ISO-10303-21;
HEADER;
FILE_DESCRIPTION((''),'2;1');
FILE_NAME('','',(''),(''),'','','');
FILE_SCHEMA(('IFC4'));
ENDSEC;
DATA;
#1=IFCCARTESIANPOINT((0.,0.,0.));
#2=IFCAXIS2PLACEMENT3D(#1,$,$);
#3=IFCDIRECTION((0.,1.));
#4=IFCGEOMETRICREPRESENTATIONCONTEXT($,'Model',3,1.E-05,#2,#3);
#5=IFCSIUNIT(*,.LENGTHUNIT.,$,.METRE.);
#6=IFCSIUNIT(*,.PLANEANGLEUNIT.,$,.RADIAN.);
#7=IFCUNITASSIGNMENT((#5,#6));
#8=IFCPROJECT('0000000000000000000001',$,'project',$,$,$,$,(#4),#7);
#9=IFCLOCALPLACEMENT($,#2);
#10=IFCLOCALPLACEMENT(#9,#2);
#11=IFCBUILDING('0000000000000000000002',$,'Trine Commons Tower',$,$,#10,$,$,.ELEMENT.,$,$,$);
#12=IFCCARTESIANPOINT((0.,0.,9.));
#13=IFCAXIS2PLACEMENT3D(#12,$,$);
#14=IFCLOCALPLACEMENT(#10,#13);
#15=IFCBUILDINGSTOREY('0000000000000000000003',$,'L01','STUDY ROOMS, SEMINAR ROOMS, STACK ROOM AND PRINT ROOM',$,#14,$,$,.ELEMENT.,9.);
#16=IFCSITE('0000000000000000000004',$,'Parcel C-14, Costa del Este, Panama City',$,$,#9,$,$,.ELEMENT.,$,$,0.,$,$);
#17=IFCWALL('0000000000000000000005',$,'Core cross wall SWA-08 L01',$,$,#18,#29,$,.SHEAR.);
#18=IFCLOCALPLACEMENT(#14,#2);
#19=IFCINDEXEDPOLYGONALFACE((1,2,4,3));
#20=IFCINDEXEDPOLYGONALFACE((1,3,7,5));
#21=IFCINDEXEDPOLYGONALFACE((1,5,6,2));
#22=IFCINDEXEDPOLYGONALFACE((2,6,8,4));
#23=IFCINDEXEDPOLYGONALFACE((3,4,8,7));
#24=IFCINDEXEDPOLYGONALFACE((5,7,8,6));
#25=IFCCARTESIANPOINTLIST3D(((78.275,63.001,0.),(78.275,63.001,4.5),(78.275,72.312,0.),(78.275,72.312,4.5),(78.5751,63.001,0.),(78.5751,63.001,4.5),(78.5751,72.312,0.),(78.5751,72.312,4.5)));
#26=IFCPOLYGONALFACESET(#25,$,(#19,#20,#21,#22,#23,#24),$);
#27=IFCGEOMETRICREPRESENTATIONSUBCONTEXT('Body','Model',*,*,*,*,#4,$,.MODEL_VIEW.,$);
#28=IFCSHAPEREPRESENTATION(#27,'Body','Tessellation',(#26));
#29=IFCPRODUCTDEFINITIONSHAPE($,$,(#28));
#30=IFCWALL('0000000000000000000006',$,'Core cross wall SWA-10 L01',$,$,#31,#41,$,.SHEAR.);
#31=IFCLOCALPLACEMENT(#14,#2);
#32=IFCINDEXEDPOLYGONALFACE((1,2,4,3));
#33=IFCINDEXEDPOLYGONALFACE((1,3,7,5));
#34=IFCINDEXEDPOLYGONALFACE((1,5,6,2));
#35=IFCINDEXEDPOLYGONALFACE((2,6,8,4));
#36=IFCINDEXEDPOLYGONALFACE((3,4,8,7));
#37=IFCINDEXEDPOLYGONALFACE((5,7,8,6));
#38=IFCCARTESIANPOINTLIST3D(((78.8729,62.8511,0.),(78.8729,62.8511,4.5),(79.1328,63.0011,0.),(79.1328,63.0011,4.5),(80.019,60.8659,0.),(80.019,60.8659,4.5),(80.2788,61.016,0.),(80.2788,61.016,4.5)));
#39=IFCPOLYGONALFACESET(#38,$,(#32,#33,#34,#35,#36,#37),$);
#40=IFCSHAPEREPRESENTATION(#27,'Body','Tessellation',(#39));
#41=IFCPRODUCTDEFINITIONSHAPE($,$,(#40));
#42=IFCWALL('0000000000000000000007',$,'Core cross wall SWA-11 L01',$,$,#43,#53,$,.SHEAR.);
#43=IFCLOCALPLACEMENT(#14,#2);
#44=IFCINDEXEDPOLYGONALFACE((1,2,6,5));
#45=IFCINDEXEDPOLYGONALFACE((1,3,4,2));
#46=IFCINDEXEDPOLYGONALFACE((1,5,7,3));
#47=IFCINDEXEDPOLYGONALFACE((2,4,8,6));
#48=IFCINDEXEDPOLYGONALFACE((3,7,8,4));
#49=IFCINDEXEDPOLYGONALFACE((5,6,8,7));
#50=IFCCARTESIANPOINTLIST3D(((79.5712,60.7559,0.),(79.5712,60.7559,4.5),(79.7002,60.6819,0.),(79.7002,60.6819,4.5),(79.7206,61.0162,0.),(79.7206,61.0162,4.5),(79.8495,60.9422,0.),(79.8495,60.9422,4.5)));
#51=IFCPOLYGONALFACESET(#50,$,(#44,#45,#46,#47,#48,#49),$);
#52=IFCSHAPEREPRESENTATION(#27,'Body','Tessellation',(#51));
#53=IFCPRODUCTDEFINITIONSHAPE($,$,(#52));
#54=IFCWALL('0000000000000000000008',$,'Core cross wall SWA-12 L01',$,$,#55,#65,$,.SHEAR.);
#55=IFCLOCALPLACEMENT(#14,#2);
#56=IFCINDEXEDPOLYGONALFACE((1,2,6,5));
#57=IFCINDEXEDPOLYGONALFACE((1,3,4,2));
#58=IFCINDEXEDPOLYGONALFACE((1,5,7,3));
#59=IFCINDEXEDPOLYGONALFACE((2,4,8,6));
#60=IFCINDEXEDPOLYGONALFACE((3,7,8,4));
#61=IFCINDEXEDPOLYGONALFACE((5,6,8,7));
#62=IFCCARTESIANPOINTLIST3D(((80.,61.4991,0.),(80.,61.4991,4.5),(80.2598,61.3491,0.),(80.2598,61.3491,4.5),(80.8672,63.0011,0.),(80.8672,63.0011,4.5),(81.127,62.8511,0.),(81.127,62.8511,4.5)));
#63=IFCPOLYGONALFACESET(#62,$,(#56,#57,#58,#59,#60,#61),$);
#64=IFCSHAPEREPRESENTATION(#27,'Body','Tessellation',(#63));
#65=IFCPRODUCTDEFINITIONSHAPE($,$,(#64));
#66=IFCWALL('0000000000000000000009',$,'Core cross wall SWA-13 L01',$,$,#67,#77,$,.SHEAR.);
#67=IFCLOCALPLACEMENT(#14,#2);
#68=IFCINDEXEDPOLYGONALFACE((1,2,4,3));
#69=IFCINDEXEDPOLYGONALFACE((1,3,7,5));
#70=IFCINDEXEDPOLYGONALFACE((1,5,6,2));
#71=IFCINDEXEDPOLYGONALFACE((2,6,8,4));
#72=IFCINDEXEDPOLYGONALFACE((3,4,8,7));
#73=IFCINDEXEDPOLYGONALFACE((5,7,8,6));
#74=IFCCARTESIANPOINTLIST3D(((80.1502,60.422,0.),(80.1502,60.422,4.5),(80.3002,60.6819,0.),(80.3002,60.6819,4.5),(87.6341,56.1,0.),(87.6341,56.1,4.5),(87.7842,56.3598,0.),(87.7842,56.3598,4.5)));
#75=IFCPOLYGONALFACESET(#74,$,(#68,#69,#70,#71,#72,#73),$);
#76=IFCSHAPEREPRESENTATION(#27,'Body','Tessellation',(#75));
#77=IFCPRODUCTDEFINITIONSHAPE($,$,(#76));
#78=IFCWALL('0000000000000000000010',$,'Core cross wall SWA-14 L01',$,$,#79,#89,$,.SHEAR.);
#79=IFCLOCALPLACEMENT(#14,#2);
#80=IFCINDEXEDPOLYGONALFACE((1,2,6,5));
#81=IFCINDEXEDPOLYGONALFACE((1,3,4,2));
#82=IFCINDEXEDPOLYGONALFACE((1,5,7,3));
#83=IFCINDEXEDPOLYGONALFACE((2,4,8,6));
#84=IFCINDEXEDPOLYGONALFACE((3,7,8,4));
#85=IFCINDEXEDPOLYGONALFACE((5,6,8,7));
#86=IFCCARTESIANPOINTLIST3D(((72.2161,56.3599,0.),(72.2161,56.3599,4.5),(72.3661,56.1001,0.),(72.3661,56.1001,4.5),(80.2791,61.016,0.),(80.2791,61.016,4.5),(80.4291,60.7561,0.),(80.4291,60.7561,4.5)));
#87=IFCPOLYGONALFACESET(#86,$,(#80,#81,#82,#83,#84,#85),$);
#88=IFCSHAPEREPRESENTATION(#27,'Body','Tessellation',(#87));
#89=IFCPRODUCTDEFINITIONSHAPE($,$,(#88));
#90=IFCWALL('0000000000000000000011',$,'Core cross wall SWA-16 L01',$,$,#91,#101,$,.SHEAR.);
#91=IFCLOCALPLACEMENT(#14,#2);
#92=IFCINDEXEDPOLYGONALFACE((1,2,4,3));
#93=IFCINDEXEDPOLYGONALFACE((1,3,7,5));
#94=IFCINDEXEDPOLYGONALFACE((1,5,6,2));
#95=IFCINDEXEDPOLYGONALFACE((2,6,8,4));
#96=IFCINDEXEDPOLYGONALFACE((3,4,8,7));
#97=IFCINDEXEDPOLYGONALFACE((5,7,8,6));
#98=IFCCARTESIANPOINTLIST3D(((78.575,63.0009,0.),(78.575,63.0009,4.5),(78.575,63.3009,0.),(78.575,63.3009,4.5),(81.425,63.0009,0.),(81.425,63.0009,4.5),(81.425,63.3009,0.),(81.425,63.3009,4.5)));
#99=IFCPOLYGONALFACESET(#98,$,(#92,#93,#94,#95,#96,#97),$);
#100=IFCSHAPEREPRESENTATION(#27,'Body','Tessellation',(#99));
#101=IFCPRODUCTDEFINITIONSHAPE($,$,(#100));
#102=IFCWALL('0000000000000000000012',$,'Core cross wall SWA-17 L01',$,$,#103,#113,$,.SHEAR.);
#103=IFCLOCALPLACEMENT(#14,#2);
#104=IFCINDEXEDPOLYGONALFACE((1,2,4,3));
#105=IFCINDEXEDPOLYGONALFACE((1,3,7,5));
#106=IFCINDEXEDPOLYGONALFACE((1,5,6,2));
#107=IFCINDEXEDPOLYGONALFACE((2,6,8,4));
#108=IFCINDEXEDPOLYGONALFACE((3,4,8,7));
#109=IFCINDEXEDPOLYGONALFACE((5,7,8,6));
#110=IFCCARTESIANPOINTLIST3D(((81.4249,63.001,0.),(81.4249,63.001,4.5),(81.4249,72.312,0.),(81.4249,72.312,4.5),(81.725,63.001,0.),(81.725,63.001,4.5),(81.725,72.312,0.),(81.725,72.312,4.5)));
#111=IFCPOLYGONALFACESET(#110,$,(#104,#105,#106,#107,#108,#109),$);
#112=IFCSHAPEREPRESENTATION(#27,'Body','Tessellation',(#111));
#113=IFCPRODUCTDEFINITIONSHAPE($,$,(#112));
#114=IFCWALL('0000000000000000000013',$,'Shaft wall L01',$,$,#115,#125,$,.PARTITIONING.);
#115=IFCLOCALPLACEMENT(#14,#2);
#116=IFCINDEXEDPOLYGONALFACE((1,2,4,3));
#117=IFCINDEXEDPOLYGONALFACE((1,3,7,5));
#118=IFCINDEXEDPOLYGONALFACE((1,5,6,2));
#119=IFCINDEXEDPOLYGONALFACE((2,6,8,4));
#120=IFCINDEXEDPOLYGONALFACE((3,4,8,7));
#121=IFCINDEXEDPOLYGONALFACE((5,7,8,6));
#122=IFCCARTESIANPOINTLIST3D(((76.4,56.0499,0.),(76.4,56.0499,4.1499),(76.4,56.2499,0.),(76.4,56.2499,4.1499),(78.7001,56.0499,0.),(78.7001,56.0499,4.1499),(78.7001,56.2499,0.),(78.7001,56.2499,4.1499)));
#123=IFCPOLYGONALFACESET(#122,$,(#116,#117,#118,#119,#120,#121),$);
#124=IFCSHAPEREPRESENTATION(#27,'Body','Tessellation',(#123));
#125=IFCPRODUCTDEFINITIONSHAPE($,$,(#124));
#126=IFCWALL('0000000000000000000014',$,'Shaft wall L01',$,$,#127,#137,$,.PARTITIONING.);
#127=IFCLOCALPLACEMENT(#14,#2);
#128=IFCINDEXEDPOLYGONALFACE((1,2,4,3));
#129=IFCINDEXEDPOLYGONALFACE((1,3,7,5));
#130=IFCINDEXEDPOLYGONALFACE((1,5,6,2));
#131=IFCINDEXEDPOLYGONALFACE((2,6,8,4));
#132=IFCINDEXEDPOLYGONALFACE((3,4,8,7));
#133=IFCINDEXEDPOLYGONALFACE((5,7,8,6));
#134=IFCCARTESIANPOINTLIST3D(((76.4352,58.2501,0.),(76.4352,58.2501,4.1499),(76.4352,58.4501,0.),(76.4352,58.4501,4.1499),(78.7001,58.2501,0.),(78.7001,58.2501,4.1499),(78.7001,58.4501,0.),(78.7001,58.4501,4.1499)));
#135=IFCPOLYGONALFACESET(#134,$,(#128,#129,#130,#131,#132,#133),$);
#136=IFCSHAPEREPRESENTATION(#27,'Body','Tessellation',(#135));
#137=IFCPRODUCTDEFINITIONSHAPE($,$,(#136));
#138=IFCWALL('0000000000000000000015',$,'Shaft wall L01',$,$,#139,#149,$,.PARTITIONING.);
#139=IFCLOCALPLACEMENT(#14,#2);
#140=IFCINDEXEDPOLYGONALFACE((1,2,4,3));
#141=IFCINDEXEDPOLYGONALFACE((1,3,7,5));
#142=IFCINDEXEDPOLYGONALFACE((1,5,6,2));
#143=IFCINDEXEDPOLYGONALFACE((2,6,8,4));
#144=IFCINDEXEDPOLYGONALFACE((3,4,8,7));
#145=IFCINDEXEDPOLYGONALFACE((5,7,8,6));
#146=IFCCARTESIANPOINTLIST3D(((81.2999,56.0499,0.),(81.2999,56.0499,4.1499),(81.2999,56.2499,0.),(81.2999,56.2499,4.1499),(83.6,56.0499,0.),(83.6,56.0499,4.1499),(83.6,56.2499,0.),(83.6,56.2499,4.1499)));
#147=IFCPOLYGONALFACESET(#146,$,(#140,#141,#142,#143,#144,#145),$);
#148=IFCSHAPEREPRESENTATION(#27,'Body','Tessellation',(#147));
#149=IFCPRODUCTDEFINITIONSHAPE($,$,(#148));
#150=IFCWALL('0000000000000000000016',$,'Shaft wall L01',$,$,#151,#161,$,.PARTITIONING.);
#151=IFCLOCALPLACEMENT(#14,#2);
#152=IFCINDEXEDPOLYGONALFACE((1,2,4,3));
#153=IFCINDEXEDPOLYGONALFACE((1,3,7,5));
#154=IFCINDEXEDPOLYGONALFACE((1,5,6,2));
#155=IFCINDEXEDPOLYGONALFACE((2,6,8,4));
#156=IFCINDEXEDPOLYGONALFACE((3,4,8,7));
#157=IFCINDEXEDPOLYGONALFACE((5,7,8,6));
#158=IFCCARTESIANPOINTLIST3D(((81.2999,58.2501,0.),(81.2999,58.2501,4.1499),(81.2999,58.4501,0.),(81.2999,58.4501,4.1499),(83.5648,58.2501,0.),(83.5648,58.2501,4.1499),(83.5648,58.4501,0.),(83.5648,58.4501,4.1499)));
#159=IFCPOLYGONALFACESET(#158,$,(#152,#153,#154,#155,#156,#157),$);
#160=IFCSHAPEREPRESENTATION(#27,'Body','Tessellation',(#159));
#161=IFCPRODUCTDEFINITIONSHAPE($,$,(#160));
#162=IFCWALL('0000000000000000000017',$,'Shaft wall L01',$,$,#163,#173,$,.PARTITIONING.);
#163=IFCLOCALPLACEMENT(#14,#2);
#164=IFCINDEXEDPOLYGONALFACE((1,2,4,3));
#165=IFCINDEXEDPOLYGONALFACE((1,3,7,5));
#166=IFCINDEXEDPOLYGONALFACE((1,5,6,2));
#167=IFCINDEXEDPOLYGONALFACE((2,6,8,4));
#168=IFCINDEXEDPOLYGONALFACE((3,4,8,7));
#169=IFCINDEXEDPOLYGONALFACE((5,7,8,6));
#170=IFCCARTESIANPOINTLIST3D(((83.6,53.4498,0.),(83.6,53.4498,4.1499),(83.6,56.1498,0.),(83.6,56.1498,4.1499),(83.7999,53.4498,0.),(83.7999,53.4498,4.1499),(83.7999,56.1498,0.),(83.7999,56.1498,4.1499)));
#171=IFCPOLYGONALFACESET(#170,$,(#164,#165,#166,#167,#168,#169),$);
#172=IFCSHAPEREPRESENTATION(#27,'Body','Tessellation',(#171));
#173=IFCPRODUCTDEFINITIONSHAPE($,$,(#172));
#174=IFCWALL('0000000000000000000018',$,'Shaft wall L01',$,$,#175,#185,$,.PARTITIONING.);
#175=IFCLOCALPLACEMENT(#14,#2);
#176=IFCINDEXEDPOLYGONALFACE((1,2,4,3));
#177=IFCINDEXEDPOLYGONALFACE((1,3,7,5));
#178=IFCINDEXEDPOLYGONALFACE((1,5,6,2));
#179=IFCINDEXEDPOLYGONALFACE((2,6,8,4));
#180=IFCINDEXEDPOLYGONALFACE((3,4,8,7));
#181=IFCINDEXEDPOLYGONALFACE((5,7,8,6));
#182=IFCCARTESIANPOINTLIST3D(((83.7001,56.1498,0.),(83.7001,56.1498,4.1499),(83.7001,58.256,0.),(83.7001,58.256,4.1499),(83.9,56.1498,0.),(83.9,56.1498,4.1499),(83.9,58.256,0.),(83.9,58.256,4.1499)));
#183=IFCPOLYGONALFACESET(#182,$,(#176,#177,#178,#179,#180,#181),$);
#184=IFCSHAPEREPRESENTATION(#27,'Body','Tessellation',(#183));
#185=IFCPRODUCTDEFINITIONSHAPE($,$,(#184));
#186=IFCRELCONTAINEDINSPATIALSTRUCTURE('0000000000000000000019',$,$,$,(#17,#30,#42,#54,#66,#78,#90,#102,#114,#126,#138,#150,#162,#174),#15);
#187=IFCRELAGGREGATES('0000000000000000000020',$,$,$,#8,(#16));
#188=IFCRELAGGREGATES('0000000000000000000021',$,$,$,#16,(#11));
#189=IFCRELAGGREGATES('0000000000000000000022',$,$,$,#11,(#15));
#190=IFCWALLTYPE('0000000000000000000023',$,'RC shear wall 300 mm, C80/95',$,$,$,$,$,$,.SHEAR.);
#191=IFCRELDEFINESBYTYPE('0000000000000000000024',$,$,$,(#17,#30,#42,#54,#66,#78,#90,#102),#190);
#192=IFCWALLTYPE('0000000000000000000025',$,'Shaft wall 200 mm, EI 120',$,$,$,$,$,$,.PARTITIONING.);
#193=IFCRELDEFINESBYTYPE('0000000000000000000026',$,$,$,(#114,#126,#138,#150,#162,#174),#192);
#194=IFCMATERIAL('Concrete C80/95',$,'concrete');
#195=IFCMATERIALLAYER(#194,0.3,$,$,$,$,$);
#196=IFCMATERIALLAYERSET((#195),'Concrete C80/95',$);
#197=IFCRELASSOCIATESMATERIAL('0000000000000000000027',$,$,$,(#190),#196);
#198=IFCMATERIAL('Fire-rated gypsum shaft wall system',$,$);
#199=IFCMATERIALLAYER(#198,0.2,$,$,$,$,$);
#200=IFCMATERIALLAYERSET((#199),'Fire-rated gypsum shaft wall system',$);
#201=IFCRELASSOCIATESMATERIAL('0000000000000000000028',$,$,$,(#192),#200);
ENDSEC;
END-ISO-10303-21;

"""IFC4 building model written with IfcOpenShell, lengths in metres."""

from ifc_helpers import new_model, si_unit, direction, frame, frame_2d, origin, place, context, subcontext, project, spatial, rectangle, extrude, material, layer, layer_set, type_object, element, save


model = new_model("IFC4")

# Units and contexts
model_context = context("Model", 3, precision=1e-05, world=origin(), true_north=direction((0.0, 1.0)))
body_context = subcontext(model_context, "Body", "Model", "MODEL_VIEW")
ifc_project = project(units=[si_unit("LENGTHUNIT", "METRE"), si_unit("PLANEANGLEUNIT", "RADIAN")], contexts=[model_context])

# Site, building, storey
site_placement = place(None, origin())
site = spatial("IfcSite", under=ifc_project, at=site_placement, Name="Parcel C-14, Costa del Este, Panama City", CompositionType="ELEMENT", RefElevation=0.0)
building_placement = place(site_placement, origin())
building = spatial("IfcBuilding", under=site, at=building_placement, Name="Trine Commons Tower", CompositionType="ELEMENT")
storey_placement = place(building_placement, frame((0.0, 0.0, 9.0)))
storey = spatial("IfcBuildingStorey", under=building, at=storey_placement, Name="L01", Description="STUDY ROOMS, SEMINAR ROOMS, STACK ROOM AND PRINT ROOM", CompositionType="ELEMENT", Elevation=9.0)

# Shared definitions
ifc_material_1 = material(Name="Fire-rated gypsum shaft wall system")

# Shared definitions
ifc_material_2 = material(Name="Concrete C80/95", Category="concrete")
ifc_layer_1 = layer(ifc_material_2, 0.3)
ifc_layer_set_1 = layer_set([ifc_layer_1], Name="Concrete C80/95")
wall_type_1 = type_object("IfcWallType", Name="RC shear wall 300 mm, C80/95", PredefinedType="SHEAR", material=ifc_layer_set_1)

# Walls
wall_1_placement = place(storey_placement, frame((78.425, 63.001, 0.0), z_axis=(0.0, 0.0, 1.0), x_axis=(0.0, 1.0, 0.0)))
element("IfcWall", 1, at=wall_1_placement, inside=storey, type_object=wall_type_1, Name="Core cross wall SWA-08 L01", PredefinedType="SHEAR", context=body_context, shape_type="SweptSolid", body=[
    extrude(rectangle(XDim=9.311, YDim=0.3, at=frame_2d((4.6555, 0.0))), origin(), (0.0, 0.0, 1.0), 4.5),
])
wall_2_placement = place(storey_placement, frame((79.0029, 62.926, 0.0), z_axis=(0.0, 0.0, 1.0), x_axis=(0.499965, -0.866045, 0.0)))
element("IfcWall", 2, at=wall_2_placement, inside=storey, type_object=wall_type_1, Name="Core cross wall SWA-10 L01", PredefinedType="SHEAR", context=body_context, shape_type="SweptSolid", body=[
    extrude(rectangle(XDim=2.2922, YDim=0.3, at=frame_2d((1.146, 0.0))), origin(), (0.0, 0.0, 1.0), 4.5),
])
wall_3_placement = place(storey_placement, frame((79.646, 60.886, 0.0), z_axis=(0.0, 0.0, 1.0), x_axis=(0.867332, -0.49773, 0.0)))
element("IfcWall", 3, at=wall_3_placement, inside=storey, type_object=wall_type_1, Name="Core cross wall SWA-11 L01", PredefinedType="SHEAR", context=body_context, shape_type="SweptSolid", body=[
    extrude(rectangle(XDim=0.1487, YDim=0.3, at=frame_2d((0.0742, 0.0))), origin(), (0.0, 0.0, 1.0), 4.5),
])
wall_4_placement = place(storey_placement, frame((80.1299, 61.4241, 0.0), z_axis=(0.0, 0.0, 1.0), x_axis=(0.500015, 0.866017, 0.0)))
element("IfcWall", 4, at=wall_4_placement, inside=storey, type_object=wall_type_1, Name="Core cross wall SWA-12 L01", PredefinedType="SHEAR", context=body_context, shape_type="SweptSolid", body=[
    extrude(rectangle(XDim=1.7344, YDim=0.3, at=frame_2d((0.8672, 0.0))), origin(), (0.0, 0.0, 1.0), 4.5),
])
wall_5_placement = place(storey_placement, frame((80.2251, 60.552, 0.0), z_axis=(0.0, 0.0, 1.0), x_axis=(0.865965, -0.500104, 0.0)))
element("IfcWall", 5, at=wall_5_placement, inside=storey, type_object=wall_type_1, Name="Core cross wall SWA-13 L01", PredefinedType="SHEAR", context=body_context, shape_type="SweptSolid", body=[
    extrude(rectangle(XDim=8.6423, YDim=0.3, at=frame_2d((4.3213, 0.0))), origin(), (0.0, 0.0, 1.0), 4.5),
])
wall_6_placement = place(storey_placement, frame((80.354, 60.886, 0.0), z_axis=(0.0, 0.0, 1.0), x_axis=(-0.865986, -0.500067, 0.0)))
element("IfcWall", 6, at=wall_6_placement, inside=storey, type_object=wall_type_1, Name="Core cross wall SWA-14 L01", PredefinedType="SHEAR", context=body_context, shape_type="SweptSolid", body=[
    extrude(rectangle(XDim=9.3108, YDim=0.3, at=frame_2d((4.6553, 0.0))), origin(), (0.0, 0.0, 1.0), 4.5),
])
wall_7_placement = place(storey_placement, frame((81.425, 63.1509, 0.0), z_axis=(0.0, 0.0, 1.0), x_axis=(-1.0, 0.0, 0.0)))
element("IfcWall", 7, at=wall_7_placement, inside=storey, type_object=wall_type_1, Name="Core cross wall SWA-16 L01", PredefinedType="SHEAR", context=body_context, shape_type="SweptSolid", body=[
    extrude(rectangle(XDim=2.8501, YDim=0.3, at=frame_2d((1.425, 0.0))), origin(), (0.0, 0.0, 1.0), 4.5),
])
wall_8_placement = place(storey_placement, frame((81.575, 63.001, 0.0), z_axis=(0.0, 0.0, 1.0), x_axis=(0.0, 1.0, 0.0)))
element("IfcWall", 8, at=wall_8_placement, inside=storey, type_object=wall_type_1, Name="Core cross wall SWA-17 L01", PredefinedType="SHEAR", context=body_context, shape_type="SweptSolid", body=[
    extrude(rectangle(XDim=9.311, YDim=0.3, at=frame_2d((4.6555, 0.0))), origin(), (0.0, 0.0, 1.0), 4.5),
])
ifc_layer_2 = layer(ifc_material_1, 0.2)
ifc_layer_set_2 = layer_set([ifc_layer_2], Name="Fire-rated gypsum shaft wall system")
wall_type_2 = type_object("IfcWallType", Name="Shaft wall 200 mm, EI 120", PredefinedType="PARTITIONING", material=ifc_layer_set_2)
wall_9_placement = place(storey_placement, frame((78.7, 56.1499, 0.0), z_axis=(0.0, 0.0, 1.0), x_axis=(-1.0, 0.0, 0.0)))
element("IfcWall", 9, at=wall_9_placement, inside=storey, type_object=wall_type_2, Name="Shaft wall L01", PredefinedType="PARTITIONING", context=body_context, shape_type="SweptSolid", body=[
    extrude(rectangle(XDim=2.3, YDim=0.2, at=frame_2d((1.1499, 0.0))), origin(), (0.0, 0.0, 1.0), 4.1499),
])
wall_10_placement = place(storey_placement, frame((78.7, 58.3501, 0.0), z_axis=(0.0, 0.0, 1.0), x_axis=(-1.0, 0.0, 0.0)))
element("IfcWall", 10, at=wall_10_placement, inside=storey, type_object=wall_type_2, Name="Shaft wall L01", PredefinedType="PARTITIONING", context=body_context, shape_type="SweptSolid", body=[
    extrude(rectangle(XDim=2.2649, YDim=0.2, at=frame_2d((1.1323, 0.0))), origin(), (0.0, 0.0, 1.0), 4.1499),
])
wall_11_placement = place(storey_placement, frame((81.3, 56.1499, 0.0), z_axis=(0.0, 0.0, 1.0), x_axis=(1.0, 0.0, 0.0)))
element("IfcWall", 11, at=wall_11_placement, inside=storey, type_object=wall_type_2, Name="Shaft wall L01", PredefinedType="PARTITIONING", context=body_context, shape_type="SweptSolid", body=[
    extrude(rectangle(XDim=2.3, YDim=0.2, at=frame_2d((1.1499, 0.0))), origin(), (0.0, 0.0, 1.0), 4.1499),
])
wall_12_placement = place(storey_placement, frame((81.3, 58.3501, 0.0), z_axis=(0.0, 0.0, 1.0), x_axis=(1.0, 0.0, 0.0)))
element("IfcWall", 12, at=wall_12_placement, inside=storey, type_object=wall_type_2, Name="Shaft wall L01", PredefinedType="PARTITIONING", context=body_context, shape_type="SweptSolid", body=[
    extrude(rectangle(XDim=2.2649, YDim=0.2, at=frame_2d((1.1323, 0.0))), origin(), (0.0, 0.0, 1.0), 4.1499),
])
wall_13_placement = place(storey_placement, frame((83.7, 56.1499, 0.0), z_axis=(0.0, 0.0, 1.0), x_axis=(0.0, -1.0, 0.0)))
element("IfcWall", 13, at=wall_13_placement, inside=storey, type_object=wall_type_2, Name="Shaft wall L01", PredefinedType="PARTITIONING", context=body_context, shape_type="SweptSolid", body=[
    extrude(rectangle(XDim=2.7, YDim=0.2, at=frame_2d((1.3501, 0.0))), origin(), (0.0, 0.0, 1.0), 4.1499),
])
wall_14_placement = place(storey_placement, frame((83.8, 58.2561, 0.0), z_axis=(0.0, 0.0, 1.0), x_axis=(0.0, -1.0, 0.0)))
element("IfcWall", 14, at=wall_14_placement, inside=storey, type_object=wall_type_2, Name="Shaft wall L01", PredefinedType="PARTITIONING", context=body_context, shape_type="SweptSolid", body=[
    extrude(rectangle(XDim=2.1062, YDim=0.2, at=frame_2d((1.0532, 0.0))), origin(), (0.0, 0.0, 1.0), 4.1499),
])

save(model, "model.ifc")
